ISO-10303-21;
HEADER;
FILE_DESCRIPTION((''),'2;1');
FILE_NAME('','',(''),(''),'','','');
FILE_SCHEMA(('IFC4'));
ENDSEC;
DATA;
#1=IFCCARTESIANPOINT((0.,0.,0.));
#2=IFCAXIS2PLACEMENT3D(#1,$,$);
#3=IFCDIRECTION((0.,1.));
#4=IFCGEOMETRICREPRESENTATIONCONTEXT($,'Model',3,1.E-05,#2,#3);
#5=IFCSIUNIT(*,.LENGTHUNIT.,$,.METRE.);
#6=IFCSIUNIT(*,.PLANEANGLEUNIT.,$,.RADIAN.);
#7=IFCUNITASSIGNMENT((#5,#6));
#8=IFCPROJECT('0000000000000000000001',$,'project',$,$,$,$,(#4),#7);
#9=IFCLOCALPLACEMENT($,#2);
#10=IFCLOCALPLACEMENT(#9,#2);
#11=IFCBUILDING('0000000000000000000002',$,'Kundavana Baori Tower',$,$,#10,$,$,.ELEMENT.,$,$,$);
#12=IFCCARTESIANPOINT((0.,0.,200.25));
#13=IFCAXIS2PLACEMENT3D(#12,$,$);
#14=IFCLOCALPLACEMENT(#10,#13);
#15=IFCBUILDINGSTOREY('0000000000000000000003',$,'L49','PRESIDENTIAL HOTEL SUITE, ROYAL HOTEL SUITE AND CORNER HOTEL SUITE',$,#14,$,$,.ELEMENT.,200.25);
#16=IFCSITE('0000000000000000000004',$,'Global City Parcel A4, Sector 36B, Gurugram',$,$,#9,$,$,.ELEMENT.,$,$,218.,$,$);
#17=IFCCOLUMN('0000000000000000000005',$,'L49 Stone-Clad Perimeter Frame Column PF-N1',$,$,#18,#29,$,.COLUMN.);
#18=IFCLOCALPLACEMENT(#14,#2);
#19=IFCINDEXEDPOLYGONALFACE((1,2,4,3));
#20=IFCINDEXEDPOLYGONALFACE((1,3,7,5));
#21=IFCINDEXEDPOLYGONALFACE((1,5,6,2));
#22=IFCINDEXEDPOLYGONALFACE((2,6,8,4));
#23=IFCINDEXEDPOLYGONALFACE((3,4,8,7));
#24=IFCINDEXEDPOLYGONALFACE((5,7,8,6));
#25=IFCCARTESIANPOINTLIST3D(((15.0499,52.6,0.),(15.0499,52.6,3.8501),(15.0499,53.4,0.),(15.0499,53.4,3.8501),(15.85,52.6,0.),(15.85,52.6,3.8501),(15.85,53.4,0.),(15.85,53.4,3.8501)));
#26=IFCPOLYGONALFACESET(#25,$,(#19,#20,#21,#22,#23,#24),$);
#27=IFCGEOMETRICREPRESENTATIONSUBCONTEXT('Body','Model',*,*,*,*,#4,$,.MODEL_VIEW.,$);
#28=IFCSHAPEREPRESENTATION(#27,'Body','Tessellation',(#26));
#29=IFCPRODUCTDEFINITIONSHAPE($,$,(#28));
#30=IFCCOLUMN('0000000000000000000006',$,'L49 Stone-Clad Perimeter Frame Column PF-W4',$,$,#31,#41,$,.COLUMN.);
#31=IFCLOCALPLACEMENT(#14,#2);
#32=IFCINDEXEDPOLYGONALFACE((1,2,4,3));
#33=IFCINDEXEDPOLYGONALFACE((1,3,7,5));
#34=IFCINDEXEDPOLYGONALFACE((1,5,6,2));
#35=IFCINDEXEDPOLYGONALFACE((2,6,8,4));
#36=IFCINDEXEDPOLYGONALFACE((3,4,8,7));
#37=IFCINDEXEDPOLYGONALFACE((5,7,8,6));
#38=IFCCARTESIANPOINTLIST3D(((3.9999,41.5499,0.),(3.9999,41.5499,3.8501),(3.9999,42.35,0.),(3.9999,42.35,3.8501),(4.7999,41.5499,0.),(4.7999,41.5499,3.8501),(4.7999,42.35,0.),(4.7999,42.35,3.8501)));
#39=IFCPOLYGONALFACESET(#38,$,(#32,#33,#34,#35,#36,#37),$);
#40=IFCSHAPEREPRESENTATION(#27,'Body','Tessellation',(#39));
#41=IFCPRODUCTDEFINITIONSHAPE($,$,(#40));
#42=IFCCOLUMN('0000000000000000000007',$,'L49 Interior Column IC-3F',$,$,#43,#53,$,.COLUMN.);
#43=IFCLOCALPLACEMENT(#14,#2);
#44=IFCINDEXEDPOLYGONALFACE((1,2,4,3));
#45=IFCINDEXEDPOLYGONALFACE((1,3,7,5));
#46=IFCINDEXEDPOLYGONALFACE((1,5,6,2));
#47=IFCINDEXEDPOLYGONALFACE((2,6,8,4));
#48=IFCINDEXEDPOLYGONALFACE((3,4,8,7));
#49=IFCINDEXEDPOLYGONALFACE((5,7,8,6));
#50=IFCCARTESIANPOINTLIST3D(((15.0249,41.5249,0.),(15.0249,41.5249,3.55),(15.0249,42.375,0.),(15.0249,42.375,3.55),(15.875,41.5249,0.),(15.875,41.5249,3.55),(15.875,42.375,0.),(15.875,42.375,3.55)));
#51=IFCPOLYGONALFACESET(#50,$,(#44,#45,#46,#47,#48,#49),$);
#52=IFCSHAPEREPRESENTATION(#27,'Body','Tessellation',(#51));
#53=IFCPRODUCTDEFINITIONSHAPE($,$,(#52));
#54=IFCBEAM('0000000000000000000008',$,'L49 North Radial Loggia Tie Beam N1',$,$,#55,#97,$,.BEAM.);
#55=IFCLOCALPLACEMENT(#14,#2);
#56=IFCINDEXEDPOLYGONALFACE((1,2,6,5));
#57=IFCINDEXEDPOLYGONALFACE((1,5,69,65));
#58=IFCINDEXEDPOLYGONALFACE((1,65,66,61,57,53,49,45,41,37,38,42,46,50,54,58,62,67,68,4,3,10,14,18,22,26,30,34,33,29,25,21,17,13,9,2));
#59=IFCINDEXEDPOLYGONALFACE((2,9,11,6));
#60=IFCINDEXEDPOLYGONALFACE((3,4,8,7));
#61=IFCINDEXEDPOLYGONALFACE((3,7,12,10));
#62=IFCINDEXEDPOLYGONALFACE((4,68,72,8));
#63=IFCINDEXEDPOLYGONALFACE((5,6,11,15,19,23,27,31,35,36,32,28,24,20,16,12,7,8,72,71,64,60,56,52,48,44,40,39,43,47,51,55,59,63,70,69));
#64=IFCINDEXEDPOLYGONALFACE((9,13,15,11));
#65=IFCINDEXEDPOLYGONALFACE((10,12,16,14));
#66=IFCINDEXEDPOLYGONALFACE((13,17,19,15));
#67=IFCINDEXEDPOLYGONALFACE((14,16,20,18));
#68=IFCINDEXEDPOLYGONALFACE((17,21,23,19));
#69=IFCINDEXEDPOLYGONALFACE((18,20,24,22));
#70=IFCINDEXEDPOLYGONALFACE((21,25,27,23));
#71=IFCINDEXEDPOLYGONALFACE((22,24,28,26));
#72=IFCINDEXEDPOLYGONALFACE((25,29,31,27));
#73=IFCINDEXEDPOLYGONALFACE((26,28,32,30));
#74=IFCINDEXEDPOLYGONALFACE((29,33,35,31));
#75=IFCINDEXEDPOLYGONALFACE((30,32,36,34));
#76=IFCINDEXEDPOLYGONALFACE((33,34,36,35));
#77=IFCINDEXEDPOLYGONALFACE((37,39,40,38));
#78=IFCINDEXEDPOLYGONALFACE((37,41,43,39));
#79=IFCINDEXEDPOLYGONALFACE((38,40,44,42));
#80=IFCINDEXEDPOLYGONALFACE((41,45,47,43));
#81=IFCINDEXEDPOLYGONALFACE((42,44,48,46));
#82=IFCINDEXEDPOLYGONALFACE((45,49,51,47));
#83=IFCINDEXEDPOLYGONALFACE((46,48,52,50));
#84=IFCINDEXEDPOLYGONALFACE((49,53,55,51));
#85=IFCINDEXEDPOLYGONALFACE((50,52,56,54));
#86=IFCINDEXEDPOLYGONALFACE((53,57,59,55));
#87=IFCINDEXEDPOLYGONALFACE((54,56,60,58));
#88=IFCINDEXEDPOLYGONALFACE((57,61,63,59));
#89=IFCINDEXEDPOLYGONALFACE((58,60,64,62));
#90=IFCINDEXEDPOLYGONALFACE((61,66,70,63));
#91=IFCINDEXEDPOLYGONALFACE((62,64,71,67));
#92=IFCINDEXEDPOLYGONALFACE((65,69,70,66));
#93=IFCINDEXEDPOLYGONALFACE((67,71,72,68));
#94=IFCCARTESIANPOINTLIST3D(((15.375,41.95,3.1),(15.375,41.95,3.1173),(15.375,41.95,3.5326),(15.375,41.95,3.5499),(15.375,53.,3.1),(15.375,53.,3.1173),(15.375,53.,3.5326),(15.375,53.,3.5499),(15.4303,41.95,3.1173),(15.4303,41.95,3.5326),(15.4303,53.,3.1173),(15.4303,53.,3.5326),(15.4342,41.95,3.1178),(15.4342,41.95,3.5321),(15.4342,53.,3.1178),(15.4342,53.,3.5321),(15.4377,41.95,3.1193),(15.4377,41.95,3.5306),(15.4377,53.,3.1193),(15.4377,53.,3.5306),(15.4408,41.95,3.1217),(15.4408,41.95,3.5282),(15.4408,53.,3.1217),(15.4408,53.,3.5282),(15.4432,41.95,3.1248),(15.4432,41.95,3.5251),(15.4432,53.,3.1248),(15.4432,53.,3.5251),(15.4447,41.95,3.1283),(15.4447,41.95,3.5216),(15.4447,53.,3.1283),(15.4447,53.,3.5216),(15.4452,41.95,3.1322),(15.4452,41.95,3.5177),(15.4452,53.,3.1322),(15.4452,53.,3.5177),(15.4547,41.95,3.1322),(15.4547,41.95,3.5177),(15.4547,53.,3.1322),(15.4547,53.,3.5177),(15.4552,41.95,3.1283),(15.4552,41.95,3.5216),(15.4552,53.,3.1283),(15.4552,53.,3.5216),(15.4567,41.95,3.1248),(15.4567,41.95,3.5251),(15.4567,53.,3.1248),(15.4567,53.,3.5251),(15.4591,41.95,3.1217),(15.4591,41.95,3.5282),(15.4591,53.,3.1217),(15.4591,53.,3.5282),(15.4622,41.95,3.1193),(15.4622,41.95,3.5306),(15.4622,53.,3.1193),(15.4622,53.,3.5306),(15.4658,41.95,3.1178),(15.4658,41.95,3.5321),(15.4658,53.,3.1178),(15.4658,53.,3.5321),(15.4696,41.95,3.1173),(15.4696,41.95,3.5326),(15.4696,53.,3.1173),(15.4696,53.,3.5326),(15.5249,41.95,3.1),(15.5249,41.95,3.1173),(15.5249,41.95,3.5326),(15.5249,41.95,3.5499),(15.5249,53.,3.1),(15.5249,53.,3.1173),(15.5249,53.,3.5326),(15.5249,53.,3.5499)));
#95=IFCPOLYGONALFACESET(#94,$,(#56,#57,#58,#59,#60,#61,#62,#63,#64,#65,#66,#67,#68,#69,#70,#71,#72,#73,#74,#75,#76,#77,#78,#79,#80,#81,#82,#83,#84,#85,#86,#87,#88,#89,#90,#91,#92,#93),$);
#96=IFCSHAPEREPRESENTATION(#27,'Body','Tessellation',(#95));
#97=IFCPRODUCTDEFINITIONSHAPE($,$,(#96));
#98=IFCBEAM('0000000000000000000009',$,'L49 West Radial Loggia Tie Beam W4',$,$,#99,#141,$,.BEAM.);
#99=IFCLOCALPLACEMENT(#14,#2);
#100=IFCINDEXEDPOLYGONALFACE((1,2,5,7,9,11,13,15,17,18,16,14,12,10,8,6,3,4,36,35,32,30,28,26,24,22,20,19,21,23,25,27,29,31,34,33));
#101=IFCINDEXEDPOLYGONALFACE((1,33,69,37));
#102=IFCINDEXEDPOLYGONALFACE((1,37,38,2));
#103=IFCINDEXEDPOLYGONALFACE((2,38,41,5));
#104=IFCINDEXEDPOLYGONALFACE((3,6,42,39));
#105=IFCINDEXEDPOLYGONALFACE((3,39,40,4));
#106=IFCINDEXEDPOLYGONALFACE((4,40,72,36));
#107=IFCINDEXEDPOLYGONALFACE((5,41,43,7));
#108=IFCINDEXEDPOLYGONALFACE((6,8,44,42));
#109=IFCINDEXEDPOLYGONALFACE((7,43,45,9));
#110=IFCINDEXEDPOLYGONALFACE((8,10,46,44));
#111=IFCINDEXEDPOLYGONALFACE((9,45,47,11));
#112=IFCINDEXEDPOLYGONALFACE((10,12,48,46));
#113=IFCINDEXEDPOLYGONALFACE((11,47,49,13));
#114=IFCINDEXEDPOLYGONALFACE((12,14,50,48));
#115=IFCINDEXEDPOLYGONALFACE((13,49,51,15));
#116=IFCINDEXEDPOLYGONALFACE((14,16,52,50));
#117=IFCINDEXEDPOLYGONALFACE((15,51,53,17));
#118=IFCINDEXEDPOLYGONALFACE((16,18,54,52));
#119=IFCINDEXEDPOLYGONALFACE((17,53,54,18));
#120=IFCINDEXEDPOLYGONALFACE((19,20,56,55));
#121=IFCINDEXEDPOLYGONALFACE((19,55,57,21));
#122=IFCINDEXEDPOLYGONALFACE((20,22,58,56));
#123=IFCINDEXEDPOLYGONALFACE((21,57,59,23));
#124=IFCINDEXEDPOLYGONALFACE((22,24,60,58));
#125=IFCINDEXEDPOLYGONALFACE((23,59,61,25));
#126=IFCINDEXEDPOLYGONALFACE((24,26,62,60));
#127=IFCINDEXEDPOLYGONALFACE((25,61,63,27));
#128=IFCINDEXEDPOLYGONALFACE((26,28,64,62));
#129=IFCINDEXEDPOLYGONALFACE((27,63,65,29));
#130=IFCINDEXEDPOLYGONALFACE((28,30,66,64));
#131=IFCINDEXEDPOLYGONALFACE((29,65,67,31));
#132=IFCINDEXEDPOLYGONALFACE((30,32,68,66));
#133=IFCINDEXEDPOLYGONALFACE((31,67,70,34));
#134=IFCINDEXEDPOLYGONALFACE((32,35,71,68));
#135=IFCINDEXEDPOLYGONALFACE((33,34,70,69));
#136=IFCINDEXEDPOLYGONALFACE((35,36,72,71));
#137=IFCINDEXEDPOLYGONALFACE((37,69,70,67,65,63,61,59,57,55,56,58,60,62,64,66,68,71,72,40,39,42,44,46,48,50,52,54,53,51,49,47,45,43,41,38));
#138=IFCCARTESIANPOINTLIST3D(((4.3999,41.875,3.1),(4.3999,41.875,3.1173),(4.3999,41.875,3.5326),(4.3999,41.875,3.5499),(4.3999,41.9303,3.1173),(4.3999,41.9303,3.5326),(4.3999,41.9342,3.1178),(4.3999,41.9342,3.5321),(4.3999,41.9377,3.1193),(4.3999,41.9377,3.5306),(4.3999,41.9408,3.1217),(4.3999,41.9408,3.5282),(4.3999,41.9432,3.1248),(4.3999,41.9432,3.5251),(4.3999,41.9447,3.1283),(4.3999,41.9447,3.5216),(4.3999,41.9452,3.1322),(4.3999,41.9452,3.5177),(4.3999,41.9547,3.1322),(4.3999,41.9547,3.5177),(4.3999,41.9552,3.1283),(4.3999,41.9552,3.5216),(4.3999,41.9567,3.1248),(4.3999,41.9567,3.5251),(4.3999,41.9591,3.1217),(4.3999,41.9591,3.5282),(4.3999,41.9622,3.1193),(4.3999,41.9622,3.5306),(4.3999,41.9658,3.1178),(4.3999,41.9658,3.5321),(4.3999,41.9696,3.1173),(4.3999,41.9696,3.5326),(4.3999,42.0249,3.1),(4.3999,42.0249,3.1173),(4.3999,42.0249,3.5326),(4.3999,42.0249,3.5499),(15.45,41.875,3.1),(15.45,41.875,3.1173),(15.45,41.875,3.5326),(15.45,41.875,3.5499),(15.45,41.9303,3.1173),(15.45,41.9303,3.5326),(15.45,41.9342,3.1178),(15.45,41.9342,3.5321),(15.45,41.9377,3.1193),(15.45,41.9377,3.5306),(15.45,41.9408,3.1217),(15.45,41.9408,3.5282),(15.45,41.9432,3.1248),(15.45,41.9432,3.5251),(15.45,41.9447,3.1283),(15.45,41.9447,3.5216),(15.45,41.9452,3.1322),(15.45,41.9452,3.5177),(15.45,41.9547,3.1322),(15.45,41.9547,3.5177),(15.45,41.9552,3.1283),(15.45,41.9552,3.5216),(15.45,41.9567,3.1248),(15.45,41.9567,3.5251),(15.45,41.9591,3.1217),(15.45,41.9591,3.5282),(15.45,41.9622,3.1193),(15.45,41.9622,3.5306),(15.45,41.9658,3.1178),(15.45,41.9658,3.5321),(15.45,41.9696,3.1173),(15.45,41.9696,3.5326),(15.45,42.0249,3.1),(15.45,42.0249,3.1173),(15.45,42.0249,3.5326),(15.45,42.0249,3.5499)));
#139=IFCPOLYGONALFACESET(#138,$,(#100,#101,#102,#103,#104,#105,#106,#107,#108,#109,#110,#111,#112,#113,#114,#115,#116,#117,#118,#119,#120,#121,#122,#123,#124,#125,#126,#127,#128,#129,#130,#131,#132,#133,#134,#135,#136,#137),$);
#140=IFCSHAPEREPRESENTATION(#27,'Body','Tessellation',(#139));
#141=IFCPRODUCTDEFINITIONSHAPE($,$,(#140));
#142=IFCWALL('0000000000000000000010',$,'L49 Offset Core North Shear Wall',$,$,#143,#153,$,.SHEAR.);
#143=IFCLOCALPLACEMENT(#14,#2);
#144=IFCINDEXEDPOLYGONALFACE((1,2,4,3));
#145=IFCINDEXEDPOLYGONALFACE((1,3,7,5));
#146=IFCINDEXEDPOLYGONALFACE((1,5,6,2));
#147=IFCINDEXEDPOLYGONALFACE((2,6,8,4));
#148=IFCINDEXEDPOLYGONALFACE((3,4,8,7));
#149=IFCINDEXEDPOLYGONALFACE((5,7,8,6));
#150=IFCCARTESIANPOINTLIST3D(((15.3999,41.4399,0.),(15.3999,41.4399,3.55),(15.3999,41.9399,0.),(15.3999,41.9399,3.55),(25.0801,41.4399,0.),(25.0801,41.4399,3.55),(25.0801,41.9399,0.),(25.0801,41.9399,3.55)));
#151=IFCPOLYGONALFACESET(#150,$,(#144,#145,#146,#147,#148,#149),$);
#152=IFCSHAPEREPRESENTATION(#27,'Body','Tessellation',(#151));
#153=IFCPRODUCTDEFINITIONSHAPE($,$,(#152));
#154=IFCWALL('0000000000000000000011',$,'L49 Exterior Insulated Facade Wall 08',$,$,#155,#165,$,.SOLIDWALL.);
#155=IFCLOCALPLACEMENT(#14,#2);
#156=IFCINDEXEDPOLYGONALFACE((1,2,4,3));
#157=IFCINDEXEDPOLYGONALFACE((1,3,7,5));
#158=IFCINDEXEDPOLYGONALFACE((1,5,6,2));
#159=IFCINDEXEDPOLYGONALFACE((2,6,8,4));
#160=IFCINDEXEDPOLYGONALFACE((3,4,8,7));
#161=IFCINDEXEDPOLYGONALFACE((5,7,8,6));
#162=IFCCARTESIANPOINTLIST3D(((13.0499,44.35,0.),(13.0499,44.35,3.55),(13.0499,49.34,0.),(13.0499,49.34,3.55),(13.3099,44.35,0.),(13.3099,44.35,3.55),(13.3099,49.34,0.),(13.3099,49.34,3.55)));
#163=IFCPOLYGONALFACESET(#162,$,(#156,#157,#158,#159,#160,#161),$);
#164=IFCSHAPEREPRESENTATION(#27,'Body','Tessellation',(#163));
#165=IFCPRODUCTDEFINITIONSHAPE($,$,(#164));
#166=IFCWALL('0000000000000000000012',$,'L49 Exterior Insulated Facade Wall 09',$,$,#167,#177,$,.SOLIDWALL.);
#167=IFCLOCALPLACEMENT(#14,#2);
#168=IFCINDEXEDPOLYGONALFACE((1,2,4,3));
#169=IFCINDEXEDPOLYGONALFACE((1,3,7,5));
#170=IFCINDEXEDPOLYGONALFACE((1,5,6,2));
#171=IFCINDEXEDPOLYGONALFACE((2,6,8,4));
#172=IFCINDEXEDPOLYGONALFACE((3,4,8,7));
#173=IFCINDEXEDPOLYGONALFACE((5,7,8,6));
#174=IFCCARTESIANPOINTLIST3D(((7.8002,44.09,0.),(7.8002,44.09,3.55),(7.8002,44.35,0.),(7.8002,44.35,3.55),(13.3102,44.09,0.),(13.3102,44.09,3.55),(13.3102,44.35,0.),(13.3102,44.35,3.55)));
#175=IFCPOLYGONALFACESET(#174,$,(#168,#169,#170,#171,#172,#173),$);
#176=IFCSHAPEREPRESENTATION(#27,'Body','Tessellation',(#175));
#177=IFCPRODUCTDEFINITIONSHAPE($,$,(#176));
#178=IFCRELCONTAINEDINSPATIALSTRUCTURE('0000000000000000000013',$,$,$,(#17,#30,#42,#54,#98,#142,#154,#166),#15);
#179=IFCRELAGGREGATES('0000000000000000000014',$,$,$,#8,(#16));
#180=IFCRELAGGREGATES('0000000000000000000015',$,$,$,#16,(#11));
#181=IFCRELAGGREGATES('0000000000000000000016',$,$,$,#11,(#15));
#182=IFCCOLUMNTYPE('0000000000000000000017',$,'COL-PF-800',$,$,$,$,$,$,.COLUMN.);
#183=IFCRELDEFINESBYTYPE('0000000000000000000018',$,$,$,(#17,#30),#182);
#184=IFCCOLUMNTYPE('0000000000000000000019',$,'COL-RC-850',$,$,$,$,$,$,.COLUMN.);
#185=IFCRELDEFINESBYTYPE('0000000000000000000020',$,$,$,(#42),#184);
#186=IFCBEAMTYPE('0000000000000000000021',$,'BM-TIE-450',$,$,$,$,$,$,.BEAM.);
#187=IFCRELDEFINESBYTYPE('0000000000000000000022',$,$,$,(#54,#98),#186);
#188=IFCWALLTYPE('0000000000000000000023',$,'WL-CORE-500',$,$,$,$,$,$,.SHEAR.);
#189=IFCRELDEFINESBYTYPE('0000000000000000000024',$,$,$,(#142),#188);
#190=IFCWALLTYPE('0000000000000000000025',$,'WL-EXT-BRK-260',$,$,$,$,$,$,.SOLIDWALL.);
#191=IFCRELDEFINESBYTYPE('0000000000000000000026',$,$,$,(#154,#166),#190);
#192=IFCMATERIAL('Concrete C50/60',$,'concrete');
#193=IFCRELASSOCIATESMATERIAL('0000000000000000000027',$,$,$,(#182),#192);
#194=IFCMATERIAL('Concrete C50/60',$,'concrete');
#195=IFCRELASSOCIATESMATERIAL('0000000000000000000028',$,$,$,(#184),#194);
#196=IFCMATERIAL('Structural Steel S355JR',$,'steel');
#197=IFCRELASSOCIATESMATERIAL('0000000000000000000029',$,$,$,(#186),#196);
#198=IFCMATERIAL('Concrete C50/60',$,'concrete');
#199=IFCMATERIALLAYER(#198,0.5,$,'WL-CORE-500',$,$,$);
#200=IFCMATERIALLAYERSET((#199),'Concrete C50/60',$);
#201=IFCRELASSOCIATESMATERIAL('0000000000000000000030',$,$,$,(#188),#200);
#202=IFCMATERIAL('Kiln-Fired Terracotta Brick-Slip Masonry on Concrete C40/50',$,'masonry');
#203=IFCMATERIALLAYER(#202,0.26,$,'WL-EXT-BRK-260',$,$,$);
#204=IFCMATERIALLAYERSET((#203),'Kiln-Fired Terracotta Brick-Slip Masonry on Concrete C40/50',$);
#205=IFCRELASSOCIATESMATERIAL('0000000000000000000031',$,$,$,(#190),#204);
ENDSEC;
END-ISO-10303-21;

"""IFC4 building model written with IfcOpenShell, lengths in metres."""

from ifc_helpers import new_model, si_unit, direction, frame, frame_2d, origin, origin_2d, place, context, subcontext, project, spatial, rectangle, i_section, extrude, material, layer, layer_set, material_profile, profile_set, type_object, element, save


model = new_model("IFC4")

# Units and contexts
model_context = context("Model", 3, precision=1e-05, world=origin(), true_north=direction((0.0, 1.0)))
body_context = subcontext(model_context, "Body", "Model", "MODEL_VIEW")
ifc_project = project(units=[si_unit("LENGTHUNIT", "METRE"), si_unit("PLANEANGLEUNIT", "RADIAN")], contexts=[model_context])

# Site, building, storey
site_placement = place(None, origin())
site = spatial("IfcSite", under=ifc_project, at=site_placement, Name="Global City Parcel A4, Sector 36B, Gurugram", CompositionType="ELEMENT", RefElevation=218.0)
building_placement = place(site_placement, origin())
building = spatial("IfcBuilding", under=site, at=building_placement, Name="Kundavana Baori Tower", CompositionType="ELEMENT")
storey_placement = place(building_placement, frame((0.0, 0.0, 200.25)))
storey = spatial("IfcBuildingStorey", under=building, at=storey_placement, Name="L49", Description="PRESIDENTIAL HOTEL SUITE, ROYAL HOTEL SUITE AND CORNER HOTEL SUITE", CompositionType="ELEMENT", Elevation=200.25)

# Columns
ifc_material_1 = material(Name="Concrete C50/60", Category="concrete")
ifc_material_profile_1 = material_profile(ifc_material_1, rectangle(XDim=0.8, YDim=0.8, at=origin_2d()), Name="RC PF 800x800")
ifc_profile_set_1 = profile_set([ifc_material_profile_1], Name="Concrete C50/60")
column_type_1 = type_object("IfcColumnType", Name="COL-PF-800", PredefinedType="COLUMN", material=ifc_profile_set_1)
for number, where, z_axis, x_axis, name in (
    (1, (15.45, 53.0, 0.0), (0.0, 0.0, 1.0), (1.0, 0.0, 0.0), "L49 Stone-Clad Perimeter Frame Column PF-N1"),
    (2, (4.3999, 41.95, 0.0), (0.0, 0.0, 1.0), (1.0, 0.0, 0.0), "L49 Stone-Clad Perimeter Frame Column PF-W4"),
):
    element("IfcColumn", number, at=place(storey_placement, frame(where, z_axis=z_axis, x_axis=x_axis)), inside=storey, type_object=column_type_1, Name=name, PredefinedType="COLUMN", context=body_context, shape_type="SweptSolid", body=[
        extrude(rectangle(XDim=0.8, YDim=0.8, at=origin_2d()), origin(), (0.0, 0.0, 1.0), 3.8501),
    ])
ifc_material_2 = material(Name="Concrete C50/60", Category="concrete")
ifc_material_profile_2 = material_profile(ifc_material_2, rectangle(XDim=0.8501, YDim=0.8501, at=origin_2d()), Name="RC 850x850")
ifc_profile_set_2 = profile_set([ifc_material_profile_2], Name="Concrete C50/60")
column_type_2 = type_object("IfcColumnType", Name="COL-RC-850", PredefinedType="COLUMN", material=ifc_profile_set_2)
column_placement = place(storey_placement, frame((15.45, 41.95, 0.0), z_axis=(0.0, 0.0, 1.0), x_axis=(1.0, 0.0, 0.0)))
element("IfcColumn", 3, at=column_placement, inside=storey, type_object=column_type_2, Name="L49 Interior Column IC-3F", PredefinedType="COLUMN", context=body_context, shape_type="SweptSolid", body=[
    extrude(rectangle(XDim=0.8501, YDim=0.8501, at=origin_2d()), origin(), (0.0, 0.0, 1.0), 3.55),
])

# Beams
ifc_material_3 = material(Name="Structural Steel S355JR", Category="steel")
ifc_material_profile_3 = material_profile(ifc_material_3, i_section(OverallWidth=0.1499, OverallDepth=0.45, WebThickness=0.0095, FlangeThickness=0.0173, FilletRadius=0.0149, at=origin_2d()), Name="ISMB 450")
ifc_profile_set_3 = profile_set([ifc_material_profile_3], Name="Structural Steel S355JR")
beam_type = type_object("IfcBeamType", Name="BM-TIE-450", PredefinedType="BEAM", material=ifc_profile_set_3)
for number, where, z_axis, x_axis, name in (
    (4, (15.45, 41.95, 3.325), (0.0, 1.0, 0.0), (-1.0, 0.0, 0.0), "L49 North Radial Loggia Tie Beam N1"),
    (5, (15.45, 41.95, 3.325), (-1.0, 0.0, 0.0), (0.0, -1.0, 0.0), "L49 West Radial Loggia Tie Beam W4"),
):
    element("IfcBeam", number, at=place(storey_placement, frame(where, z_axis=z_axis, x_axis=x_axis)), inside=storey, type_object=beam_type, Name=name, PredefinedType="BEAM", context=body_context, shape_type="SweptSolid", body=[
        extrude(i_section(OverallWidth=0.1499, OverallDepth=0.45, WebThickness=0.0095, FlangeThickness=0.0173, FilletRadius=0.0149, at=origin_2d()), origin(), (0.0, 0.0, 1.0), 11.05),
    ])

# Walls
ifc_material_4 = material(Name="Concrete C50/60", Category="concrete")
ifc_layer_1 = layer(ifc_material_4, 0.5, Name="WL-CORE-500")
ifc_layer_set_1 = layer_set([ifc_layer_1], Name="Concrete C50/60")
wall_type_1 = type_object("IfcWallType", Name="WL-CORE-500", PredefinedType="SHEAR", material=ifc_layer_set_1)
wall_1_placement = place(storey_placement, frame((15.3999, 41.6899, 0.0), z_axis=(0.0, 0.0, 1.0), x_axis=(1.0, 0.0, 0.0)))
element("IfcWall", 6, at=wall_1_placement, inside=storey, type_object=wall_type_1, Name="L49 Offset Core North Shear Wall", PredefinedType="SHEAR", context=body_context, shape_type="SweptSolid", body=[
    extrude(rectangle(XDim=9.6802, YDim=0.5, at=frame_2d((4.8401, 0.0))), origin(), (0.0, 0.0, 1.0), 3.55),
])
ifc_material_5 = material(Name="Kiln-Fired Terracotta Brick-Slip Masonry on Concrete C40/50", Category="masonry")
ifc_layer_2 = layer(ifc_material_5, 0.26, Name="WL-EXT-BRK-260")
ifc_layer_set_2 = layer_set([ifc_layer_2], Name="Kiln-Fired Terracotta Brick-Slip Masonry on Concrete C40/50")
wall_type_2 = type_object("IfcWallType", Name="WL-EXT-BRK-260", PredefinedType="SOLIDWALL", material=ifc_layer_set_2)
wall_2_placement = place(storey_placement, frame((13.1799, 49.3401, 0.0), z_axis=(0.0, 0.0, 1.0), x_axis=(0.0, -1.0, 0.0)))
element("IfcWall", 7, at=wall_2_placement, inside=storey, type_object=wall_type_2, Name="L49 Exterior Insulated Facade Wall 08", PredefinedType="SOLIDWALL", context=body_context, shape_type="SweptSolid", body=[
    extrude(rectangle(XDim=4.99, YDim=0.26, at=frame_2d((2.4951, 0.0))), origin(), (0.0, 0.0, 1.0), 3.55),
])
wall_3_placement = place(storey_placement, frame((13.3101, 44.22, 0.0), z_axis=(0.0, 0.0, 1.0), x_axis=(-1.0, 0.0, 0.0)))
element("IfcWall", 8, at=wall_3_placement, inside=storey, type_object=wall_type_2, Name="L49 Exterior Insulated Facade Wall 09", PredefinedType="SOLIDWALL", context=body_context, shape_type="SweptSolid", body=[
    extrude(rectangle(XDim=5.51, YDim=0.26, at=frame_2d((2.7549, 0.0))), origin(), (0.0, 0.0, 1.0), 3.55),
])

save(model, "model.ifc")
